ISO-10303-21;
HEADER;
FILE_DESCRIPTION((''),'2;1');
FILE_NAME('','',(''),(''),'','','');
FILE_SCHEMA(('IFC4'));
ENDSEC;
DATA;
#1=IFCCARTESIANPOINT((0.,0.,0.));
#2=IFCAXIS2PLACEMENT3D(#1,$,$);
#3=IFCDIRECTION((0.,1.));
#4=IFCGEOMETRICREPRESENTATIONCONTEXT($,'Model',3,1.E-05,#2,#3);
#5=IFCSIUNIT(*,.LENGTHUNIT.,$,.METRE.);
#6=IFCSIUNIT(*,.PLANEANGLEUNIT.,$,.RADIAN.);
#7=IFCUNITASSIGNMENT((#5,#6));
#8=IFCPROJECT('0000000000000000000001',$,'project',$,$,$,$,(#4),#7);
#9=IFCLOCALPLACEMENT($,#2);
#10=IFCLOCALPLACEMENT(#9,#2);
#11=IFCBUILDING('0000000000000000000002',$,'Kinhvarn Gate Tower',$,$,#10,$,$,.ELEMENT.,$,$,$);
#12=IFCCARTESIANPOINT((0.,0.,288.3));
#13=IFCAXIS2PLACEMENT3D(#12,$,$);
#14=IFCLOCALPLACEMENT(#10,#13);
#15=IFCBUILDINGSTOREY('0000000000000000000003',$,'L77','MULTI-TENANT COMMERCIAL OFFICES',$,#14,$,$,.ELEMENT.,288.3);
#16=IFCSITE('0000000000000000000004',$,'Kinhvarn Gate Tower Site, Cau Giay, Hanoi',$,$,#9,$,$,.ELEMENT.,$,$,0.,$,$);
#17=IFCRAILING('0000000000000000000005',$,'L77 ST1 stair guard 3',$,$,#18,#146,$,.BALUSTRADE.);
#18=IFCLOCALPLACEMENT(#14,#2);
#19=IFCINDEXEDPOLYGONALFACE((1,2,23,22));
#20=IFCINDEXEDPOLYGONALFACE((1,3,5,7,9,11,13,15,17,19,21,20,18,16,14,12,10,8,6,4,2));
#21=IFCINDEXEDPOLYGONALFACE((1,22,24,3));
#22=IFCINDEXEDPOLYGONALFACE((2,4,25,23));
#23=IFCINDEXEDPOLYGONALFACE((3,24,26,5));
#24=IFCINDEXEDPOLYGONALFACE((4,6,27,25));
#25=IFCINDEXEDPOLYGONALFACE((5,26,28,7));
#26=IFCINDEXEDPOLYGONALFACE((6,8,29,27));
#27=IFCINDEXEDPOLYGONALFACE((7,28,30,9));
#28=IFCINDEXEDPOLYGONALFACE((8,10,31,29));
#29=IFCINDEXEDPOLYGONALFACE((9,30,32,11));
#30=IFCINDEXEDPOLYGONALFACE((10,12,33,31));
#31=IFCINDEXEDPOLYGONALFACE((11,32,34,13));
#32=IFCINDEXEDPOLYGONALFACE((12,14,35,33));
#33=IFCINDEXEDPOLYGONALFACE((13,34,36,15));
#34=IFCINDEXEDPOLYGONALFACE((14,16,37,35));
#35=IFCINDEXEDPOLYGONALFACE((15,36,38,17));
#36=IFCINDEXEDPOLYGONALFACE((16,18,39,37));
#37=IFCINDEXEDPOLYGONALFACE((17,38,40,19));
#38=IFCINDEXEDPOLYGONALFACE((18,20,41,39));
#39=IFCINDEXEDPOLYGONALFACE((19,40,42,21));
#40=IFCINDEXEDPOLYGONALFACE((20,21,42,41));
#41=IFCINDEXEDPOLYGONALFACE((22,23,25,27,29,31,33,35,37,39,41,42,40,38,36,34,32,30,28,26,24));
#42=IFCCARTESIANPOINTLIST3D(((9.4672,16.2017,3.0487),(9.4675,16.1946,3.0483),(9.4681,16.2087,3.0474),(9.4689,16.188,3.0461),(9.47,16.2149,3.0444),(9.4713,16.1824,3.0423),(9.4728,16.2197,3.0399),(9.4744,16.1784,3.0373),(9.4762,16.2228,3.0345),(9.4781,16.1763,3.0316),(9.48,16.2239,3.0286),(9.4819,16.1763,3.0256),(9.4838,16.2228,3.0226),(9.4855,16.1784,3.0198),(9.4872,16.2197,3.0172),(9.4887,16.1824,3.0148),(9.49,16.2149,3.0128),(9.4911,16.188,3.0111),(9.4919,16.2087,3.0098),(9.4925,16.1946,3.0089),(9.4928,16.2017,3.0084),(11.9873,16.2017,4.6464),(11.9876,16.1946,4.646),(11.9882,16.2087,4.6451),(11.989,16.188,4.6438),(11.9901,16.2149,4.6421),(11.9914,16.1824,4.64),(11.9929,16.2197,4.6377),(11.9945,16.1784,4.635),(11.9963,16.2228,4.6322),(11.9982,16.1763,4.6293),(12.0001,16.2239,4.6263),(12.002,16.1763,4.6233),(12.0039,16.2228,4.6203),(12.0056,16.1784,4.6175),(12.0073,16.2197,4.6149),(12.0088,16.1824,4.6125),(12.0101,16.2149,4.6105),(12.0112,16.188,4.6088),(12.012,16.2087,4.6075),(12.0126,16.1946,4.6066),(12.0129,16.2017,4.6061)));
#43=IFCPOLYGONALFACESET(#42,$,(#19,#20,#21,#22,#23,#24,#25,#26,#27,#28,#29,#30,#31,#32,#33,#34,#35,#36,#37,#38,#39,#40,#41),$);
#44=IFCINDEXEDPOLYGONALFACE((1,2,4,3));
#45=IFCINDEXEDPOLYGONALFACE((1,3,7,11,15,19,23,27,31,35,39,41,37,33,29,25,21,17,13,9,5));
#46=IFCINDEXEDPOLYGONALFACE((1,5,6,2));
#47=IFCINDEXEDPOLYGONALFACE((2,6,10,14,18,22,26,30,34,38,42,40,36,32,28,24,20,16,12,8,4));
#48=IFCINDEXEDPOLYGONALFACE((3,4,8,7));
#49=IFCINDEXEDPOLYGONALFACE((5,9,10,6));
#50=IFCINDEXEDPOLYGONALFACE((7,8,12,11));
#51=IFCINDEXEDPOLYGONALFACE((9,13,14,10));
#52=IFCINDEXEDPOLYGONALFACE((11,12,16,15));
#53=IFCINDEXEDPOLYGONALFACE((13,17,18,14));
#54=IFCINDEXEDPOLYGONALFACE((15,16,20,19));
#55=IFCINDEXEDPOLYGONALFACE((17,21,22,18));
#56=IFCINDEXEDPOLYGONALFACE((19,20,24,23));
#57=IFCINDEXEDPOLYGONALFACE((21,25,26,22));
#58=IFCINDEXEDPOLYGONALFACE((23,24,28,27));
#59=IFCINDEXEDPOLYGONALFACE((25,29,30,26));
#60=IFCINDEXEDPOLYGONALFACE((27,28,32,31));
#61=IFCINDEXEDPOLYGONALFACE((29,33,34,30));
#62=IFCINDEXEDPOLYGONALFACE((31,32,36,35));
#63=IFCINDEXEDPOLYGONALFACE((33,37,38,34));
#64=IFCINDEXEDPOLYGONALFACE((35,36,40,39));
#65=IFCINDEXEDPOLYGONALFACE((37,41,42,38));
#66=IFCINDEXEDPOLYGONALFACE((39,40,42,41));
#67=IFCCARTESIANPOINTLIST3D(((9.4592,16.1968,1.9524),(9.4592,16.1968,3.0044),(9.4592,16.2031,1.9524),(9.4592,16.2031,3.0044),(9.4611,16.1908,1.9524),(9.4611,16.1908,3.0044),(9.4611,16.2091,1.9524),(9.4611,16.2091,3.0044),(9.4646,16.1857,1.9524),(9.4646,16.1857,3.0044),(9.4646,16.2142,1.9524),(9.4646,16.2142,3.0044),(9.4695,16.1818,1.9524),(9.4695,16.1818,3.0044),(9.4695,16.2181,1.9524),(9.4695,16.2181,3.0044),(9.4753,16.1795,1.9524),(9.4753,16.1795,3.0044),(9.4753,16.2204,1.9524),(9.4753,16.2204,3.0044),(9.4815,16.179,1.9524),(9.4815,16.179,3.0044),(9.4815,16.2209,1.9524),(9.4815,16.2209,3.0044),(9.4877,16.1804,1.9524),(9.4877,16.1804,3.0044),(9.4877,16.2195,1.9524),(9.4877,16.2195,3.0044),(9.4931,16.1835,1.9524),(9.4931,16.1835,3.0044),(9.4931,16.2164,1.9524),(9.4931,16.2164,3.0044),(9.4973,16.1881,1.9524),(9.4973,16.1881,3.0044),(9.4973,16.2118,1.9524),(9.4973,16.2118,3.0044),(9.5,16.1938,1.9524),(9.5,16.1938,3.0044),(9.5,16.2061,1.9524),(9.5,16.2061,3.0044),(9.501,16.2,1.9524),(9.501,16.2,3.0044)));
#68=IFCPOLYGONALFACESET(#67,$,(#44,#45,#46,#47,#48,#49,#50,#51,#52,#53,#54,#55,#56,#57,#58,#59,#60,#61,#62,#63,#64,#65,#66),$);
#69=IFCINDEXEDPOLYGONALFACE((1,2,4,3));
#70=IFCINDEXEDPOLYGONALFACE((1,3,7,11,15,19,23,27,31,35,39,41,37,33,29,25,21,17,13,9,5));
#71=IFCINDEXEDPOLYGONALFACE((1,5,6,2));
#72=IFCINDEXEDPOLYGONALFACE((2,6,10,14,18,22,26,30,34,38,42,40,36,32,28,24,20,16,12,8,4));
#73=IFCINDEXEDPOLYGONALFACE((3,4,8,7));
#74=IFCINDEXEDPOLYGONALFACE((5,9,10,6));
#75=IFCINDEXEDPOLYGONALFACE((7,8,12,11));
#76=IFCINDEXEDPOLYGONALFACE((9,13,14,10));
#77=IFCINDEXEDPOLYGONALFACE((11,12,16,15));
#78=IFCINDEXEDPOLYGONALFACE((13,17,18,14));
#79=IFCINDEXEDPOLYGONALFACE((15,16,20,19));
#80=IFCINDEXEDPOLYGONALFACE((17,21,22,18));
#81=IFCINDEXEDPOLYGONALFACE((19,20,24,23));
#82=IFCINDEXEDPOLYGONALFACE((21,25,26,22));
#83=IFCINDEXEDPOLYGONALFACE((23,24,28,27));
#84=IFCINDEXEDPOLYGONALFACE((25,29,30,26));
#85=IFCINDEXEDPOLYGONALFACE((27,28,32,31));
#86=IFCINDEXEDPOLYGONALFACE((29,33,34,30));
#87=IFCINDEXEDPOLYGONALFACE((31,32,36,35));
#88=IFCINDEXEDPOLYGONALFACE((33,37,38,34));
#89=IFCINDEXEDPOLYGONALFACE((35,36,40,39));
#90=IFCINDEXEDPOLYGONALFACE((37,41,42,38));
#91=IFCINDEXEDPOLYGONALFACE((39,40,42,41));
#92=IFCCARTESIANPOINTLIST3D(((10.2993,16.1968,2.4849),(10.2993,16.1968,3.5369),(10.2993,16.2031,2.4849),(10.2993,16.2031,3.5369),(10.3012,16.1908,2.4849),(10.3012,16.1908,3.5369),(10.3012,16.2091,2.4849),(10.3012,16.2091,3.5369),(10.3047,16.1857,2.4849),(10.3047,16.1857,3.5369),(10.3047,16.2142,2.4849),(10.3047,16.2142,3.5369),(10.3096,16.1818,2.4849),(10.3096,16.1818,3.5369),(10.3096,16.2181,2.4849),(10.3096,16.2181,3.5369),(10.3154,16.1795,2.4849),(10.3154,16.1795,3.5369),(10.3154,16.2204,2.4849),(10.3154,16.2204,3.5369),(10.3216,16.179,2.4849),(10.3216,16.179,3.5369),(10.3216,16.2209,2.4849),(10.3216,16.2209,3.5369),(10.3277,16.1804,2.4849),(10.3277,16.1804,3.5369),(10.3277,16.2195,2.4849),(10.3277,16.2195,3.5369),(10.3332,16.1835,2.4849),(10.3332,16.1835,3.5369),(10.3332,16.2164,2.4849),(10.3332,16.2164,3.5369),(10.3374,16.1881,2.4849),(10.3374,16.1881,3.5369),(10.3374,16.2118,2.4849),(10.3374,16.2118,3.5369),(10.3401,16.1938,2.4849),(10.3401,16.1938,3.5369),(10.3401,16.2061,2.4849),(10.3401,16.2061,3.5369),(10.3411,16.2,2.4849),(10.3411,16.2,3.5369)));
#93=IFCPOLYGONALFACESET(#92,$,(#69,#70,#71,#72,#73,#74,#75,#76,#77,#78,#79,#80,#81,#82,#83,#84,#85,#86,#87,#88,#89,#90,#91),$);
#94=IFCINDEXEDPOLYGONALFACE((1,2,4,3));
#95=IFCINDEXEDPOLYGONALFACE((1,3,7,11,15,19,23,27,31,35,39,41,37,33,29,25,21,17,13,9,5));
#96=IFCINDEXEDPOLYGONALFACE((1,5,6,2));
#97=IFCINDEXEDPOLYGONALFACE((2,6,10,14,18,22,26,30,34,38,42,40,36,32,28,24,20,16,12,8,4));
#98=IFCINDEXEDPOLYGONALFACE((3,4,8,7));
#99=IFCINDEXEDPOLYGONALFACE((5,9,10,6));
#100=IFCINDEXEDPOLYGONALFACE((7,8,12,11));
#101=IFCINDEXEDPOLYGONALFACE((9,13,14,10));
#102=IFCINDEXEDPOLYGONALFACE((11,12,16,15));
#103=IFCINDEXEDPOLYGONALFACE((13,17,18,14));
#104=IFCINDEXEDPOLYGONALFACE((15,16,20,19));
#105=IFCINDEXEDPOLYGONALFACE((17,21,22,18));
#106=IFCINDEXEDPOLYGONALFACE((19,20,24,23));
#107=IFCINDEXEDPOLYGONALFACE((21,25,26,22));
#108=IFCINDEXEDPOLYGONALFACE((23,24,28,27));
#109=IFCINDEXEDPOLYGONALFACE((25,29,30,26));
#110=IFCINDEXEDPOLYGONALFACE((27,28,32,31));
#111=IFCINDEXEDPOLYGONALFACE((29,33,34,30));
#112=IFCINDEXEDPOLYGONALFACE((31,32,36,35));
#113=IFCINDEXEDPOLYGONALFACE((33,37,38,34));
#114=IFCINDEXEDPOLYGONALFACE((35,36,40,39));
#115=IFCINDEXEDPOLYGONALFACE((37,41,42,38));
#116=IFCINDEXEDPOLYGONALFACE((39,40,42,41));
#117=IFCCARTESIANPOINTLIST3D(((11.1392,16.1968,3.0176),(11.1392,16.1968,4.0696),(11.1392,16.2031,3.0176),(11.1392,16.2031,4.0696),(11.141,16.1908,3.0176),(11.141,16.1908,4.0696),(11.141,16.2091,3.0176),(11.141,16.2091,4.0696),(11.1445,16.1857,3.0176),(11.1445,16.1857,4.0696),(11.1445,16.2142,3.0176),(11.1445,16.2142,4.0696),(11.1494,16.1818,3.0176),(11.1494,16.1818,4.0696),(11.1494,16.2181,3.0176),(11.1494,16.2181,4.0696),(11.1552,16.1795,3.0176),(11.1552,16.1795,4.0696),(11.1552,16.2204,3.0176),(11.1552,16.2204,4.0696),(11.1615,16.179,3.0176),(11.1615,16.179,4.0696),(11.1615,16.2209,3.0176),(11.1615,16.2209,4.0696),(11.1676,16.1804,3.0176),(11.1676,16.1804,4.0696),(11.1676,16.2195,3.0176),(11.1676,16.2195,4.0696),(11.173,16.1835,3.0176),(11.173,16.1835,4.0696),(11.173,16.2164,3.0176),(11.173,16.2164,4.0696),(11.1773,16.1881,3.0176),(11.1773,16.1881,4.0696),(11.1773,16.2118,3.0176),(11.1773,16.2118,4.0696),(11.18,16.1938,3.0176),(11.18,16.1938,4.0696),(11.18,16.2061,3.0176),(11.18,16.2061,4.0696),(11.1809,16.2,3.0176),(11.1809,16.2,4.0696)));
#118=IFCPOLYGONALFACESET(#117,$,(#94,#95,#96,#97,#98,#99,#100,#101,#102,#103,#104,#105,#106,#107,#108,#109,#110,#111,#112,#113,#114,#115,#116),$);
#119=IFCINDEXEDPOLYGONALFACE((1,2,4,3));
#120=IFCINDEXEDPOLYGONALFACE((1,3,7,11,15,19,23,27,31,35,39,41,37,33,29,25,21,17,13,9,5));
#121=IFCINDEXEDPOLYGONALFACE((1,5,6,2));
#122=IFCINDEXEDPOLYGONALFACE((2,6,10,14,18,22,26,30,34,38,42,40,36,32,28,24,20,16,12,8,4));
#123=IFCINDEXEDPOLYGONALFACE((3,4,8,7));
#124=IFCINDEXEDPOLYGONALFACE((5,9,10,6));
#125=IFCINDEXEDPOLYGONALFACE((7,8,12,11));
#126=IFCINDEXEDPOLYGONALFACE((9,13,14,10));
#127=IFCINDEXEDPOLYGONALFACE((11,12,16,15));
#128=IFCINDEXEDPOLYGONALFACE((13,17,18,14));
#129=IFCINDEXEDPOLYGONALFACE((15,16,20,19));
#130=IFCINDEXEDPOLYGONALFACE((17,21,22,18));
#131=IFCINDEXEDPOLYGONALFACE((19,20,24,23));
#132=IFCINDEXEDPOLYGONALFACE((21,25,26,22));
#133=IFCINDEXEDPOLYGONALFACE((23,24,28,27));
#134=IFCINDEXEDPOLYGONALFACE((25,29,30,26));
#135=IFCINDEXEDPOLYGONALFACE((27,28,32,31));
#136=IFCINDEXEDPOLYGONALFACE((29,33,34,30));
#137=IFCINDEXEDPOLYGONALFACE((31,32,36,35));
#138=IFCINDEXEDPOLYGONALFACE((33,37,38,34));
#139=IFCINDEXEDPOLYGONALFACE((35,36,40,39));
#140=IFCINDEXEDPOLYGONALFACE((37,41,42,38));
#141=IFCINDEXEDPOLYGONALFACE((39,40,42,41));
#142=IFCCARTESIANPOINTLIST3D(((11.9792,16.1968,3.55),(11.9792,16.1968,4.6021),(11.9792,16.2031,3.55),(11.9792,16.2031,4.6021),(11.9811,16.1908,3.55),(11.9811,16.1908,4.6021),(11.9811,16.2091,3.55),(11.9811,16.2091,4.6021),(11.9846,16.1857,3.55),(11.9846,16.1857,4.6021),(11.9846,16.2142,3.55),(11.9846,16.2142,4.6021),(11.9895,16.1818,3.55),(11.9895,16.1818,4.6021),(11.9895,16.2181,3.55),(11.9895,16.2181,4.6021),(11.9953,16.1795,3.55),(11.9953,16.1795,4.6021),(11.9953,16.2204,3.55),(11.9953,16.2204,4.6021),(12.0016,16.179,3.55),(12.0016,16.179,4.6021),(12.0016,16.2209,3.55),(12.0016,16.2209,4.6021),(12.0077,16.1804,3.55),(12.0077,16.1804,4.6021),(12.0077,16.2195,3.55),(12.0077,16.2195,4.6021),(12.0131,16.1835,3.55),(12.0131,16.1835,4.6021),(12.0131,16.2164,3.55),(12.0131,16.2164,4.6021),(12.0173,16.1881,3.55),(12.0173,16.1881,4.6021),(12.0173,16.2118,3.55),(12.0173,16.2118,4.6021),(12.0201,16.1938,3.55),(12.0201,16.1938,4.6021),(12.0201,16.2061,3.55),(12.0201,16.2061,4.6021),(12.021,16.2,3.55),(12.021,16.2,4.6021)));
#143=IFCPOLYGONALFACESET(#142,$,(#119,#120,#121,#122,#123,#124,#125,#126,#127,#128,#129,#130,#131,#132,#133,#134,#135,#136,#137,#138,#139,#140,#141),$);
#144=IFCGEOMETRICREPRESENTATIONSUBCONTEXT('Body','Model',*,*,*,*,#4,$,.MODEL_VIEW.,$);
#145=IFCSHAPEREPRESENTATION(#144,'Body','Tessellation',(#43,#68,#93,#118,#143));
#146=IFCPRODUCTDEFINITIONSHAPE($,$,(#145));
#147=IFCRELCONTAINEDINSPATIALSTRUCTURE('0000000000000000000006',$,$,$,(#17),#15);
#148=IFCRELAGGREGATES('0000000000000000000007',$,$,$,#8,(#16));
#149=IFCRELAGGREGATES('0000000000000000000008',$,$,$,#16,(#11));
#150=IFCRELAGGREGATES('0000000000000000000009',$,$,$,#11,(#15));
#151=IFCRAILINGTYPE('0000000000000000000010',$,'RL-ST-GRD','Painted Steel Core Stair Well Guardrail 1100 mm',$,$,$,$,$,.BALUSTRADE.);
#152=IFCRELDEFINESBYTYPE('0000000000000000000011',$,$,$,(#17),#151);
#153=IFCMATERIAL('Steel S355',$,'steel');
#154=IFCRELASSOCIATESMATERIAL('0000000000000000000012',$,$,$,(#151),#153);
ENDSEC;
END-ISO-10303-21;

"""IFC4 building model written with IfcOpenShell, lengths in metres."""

from ifc_helpers import new_model, si_unit, direction, frame, origin, origin_2d, place, context, subcontext, project, spatial, circle, extrude, material, type_object, element, save


model = new_model("IFC4")

# Units and contexts
model_context = context("Model", 3, precision=1e-05, world=origin(), true_north=direction((0.0, 1.0)))
body_context = subcontext(model_context, "Body", "Model", "MODEL_VIEW")
ifc_project = project(units=[si_unit("LENGTHUNIT", "METRE"), si_unit("PLANEANGLEUNIT", "RADIAN")], contexts=[model_context])

# Site, building, storey
site_placement = place(None, origin())
site = spatial("IfcSite", under=ifc_project, at=site_placement, Name="Kinhvarn Gate Tower Site, Cau Giay, Hanoi", CompositionType="ELEMENT", RefElevation=0.0)
building_placement = place(site_placement, origin())
building = spatial("IfcBuilding", under=site, at=building_placement, Name="Kinhvarn Gate Tower", CompositionType="ELEMENT")
storey_placement = place(building_placement, frame((0.0, 0.0, 288.3)))
storey = spatial("IfcBuildingStorey", under=building, at=storey_placement, Name="L77", Description="MULTI-TENANT COMMERCIAL OFFICES", CompositionType="ELEMENT", Elevation=288.3)

# Shared definitions
ifc_material_1 = material(Name="Steel S355", Category="steel")

# Railing
railing_type_1 = type_object("IfcRailingType", Name="RL-ST-GRD", Description="Painted Steel Core Stair Well Guardrail 1100 mm", PredefinedType="BALUSTRADE", material=ifc_material_1)
railing_1_placement = place(storey_placement, frame((9.48, 16.2, 1.9524)))
element("IfcRailing", 1, at=railing_1_placement, inside=storey, type_object=railing_type_1, Name="L77 ST1 stair guard 3", PredefinedType="BALUSTRADE", context=body_context, shape_type="SweptSolid", body=[
    extrude(circle(Radius=0.0239, at=origin_2d()), frame((0.0, 0.0, 1.0762), z_axis=(0.84457, 0.0, 0.535445), x_axis=(0.0, 1.0, 0.0)), (0.0, 0.0, 1.0), 2.9839),
    extrude(circle(Radius=0.021, at=origin_2d()), origin(), (0.0, 0.0, 1.0), 1.052),
    extrude(circle(Radius=0.021, at=origin_2d()), frame((0.8401, 0.0, 0.5325)), (0.0, 0.0, 1.0), 1.052),
    extrude(circle(Radius=0.021, at=origin_2d()), frame((1.6799, 0.0, 1.0652)), (0.0, 0.0, 1.0), 1.052),
    extrude(circle(Radius=0.021, at=origin_2d()), frame((2.52, 0.0, 1.5977)), (0.0, 0.0, 1.0), 1.052),
])

save(model, "model.ifc")
